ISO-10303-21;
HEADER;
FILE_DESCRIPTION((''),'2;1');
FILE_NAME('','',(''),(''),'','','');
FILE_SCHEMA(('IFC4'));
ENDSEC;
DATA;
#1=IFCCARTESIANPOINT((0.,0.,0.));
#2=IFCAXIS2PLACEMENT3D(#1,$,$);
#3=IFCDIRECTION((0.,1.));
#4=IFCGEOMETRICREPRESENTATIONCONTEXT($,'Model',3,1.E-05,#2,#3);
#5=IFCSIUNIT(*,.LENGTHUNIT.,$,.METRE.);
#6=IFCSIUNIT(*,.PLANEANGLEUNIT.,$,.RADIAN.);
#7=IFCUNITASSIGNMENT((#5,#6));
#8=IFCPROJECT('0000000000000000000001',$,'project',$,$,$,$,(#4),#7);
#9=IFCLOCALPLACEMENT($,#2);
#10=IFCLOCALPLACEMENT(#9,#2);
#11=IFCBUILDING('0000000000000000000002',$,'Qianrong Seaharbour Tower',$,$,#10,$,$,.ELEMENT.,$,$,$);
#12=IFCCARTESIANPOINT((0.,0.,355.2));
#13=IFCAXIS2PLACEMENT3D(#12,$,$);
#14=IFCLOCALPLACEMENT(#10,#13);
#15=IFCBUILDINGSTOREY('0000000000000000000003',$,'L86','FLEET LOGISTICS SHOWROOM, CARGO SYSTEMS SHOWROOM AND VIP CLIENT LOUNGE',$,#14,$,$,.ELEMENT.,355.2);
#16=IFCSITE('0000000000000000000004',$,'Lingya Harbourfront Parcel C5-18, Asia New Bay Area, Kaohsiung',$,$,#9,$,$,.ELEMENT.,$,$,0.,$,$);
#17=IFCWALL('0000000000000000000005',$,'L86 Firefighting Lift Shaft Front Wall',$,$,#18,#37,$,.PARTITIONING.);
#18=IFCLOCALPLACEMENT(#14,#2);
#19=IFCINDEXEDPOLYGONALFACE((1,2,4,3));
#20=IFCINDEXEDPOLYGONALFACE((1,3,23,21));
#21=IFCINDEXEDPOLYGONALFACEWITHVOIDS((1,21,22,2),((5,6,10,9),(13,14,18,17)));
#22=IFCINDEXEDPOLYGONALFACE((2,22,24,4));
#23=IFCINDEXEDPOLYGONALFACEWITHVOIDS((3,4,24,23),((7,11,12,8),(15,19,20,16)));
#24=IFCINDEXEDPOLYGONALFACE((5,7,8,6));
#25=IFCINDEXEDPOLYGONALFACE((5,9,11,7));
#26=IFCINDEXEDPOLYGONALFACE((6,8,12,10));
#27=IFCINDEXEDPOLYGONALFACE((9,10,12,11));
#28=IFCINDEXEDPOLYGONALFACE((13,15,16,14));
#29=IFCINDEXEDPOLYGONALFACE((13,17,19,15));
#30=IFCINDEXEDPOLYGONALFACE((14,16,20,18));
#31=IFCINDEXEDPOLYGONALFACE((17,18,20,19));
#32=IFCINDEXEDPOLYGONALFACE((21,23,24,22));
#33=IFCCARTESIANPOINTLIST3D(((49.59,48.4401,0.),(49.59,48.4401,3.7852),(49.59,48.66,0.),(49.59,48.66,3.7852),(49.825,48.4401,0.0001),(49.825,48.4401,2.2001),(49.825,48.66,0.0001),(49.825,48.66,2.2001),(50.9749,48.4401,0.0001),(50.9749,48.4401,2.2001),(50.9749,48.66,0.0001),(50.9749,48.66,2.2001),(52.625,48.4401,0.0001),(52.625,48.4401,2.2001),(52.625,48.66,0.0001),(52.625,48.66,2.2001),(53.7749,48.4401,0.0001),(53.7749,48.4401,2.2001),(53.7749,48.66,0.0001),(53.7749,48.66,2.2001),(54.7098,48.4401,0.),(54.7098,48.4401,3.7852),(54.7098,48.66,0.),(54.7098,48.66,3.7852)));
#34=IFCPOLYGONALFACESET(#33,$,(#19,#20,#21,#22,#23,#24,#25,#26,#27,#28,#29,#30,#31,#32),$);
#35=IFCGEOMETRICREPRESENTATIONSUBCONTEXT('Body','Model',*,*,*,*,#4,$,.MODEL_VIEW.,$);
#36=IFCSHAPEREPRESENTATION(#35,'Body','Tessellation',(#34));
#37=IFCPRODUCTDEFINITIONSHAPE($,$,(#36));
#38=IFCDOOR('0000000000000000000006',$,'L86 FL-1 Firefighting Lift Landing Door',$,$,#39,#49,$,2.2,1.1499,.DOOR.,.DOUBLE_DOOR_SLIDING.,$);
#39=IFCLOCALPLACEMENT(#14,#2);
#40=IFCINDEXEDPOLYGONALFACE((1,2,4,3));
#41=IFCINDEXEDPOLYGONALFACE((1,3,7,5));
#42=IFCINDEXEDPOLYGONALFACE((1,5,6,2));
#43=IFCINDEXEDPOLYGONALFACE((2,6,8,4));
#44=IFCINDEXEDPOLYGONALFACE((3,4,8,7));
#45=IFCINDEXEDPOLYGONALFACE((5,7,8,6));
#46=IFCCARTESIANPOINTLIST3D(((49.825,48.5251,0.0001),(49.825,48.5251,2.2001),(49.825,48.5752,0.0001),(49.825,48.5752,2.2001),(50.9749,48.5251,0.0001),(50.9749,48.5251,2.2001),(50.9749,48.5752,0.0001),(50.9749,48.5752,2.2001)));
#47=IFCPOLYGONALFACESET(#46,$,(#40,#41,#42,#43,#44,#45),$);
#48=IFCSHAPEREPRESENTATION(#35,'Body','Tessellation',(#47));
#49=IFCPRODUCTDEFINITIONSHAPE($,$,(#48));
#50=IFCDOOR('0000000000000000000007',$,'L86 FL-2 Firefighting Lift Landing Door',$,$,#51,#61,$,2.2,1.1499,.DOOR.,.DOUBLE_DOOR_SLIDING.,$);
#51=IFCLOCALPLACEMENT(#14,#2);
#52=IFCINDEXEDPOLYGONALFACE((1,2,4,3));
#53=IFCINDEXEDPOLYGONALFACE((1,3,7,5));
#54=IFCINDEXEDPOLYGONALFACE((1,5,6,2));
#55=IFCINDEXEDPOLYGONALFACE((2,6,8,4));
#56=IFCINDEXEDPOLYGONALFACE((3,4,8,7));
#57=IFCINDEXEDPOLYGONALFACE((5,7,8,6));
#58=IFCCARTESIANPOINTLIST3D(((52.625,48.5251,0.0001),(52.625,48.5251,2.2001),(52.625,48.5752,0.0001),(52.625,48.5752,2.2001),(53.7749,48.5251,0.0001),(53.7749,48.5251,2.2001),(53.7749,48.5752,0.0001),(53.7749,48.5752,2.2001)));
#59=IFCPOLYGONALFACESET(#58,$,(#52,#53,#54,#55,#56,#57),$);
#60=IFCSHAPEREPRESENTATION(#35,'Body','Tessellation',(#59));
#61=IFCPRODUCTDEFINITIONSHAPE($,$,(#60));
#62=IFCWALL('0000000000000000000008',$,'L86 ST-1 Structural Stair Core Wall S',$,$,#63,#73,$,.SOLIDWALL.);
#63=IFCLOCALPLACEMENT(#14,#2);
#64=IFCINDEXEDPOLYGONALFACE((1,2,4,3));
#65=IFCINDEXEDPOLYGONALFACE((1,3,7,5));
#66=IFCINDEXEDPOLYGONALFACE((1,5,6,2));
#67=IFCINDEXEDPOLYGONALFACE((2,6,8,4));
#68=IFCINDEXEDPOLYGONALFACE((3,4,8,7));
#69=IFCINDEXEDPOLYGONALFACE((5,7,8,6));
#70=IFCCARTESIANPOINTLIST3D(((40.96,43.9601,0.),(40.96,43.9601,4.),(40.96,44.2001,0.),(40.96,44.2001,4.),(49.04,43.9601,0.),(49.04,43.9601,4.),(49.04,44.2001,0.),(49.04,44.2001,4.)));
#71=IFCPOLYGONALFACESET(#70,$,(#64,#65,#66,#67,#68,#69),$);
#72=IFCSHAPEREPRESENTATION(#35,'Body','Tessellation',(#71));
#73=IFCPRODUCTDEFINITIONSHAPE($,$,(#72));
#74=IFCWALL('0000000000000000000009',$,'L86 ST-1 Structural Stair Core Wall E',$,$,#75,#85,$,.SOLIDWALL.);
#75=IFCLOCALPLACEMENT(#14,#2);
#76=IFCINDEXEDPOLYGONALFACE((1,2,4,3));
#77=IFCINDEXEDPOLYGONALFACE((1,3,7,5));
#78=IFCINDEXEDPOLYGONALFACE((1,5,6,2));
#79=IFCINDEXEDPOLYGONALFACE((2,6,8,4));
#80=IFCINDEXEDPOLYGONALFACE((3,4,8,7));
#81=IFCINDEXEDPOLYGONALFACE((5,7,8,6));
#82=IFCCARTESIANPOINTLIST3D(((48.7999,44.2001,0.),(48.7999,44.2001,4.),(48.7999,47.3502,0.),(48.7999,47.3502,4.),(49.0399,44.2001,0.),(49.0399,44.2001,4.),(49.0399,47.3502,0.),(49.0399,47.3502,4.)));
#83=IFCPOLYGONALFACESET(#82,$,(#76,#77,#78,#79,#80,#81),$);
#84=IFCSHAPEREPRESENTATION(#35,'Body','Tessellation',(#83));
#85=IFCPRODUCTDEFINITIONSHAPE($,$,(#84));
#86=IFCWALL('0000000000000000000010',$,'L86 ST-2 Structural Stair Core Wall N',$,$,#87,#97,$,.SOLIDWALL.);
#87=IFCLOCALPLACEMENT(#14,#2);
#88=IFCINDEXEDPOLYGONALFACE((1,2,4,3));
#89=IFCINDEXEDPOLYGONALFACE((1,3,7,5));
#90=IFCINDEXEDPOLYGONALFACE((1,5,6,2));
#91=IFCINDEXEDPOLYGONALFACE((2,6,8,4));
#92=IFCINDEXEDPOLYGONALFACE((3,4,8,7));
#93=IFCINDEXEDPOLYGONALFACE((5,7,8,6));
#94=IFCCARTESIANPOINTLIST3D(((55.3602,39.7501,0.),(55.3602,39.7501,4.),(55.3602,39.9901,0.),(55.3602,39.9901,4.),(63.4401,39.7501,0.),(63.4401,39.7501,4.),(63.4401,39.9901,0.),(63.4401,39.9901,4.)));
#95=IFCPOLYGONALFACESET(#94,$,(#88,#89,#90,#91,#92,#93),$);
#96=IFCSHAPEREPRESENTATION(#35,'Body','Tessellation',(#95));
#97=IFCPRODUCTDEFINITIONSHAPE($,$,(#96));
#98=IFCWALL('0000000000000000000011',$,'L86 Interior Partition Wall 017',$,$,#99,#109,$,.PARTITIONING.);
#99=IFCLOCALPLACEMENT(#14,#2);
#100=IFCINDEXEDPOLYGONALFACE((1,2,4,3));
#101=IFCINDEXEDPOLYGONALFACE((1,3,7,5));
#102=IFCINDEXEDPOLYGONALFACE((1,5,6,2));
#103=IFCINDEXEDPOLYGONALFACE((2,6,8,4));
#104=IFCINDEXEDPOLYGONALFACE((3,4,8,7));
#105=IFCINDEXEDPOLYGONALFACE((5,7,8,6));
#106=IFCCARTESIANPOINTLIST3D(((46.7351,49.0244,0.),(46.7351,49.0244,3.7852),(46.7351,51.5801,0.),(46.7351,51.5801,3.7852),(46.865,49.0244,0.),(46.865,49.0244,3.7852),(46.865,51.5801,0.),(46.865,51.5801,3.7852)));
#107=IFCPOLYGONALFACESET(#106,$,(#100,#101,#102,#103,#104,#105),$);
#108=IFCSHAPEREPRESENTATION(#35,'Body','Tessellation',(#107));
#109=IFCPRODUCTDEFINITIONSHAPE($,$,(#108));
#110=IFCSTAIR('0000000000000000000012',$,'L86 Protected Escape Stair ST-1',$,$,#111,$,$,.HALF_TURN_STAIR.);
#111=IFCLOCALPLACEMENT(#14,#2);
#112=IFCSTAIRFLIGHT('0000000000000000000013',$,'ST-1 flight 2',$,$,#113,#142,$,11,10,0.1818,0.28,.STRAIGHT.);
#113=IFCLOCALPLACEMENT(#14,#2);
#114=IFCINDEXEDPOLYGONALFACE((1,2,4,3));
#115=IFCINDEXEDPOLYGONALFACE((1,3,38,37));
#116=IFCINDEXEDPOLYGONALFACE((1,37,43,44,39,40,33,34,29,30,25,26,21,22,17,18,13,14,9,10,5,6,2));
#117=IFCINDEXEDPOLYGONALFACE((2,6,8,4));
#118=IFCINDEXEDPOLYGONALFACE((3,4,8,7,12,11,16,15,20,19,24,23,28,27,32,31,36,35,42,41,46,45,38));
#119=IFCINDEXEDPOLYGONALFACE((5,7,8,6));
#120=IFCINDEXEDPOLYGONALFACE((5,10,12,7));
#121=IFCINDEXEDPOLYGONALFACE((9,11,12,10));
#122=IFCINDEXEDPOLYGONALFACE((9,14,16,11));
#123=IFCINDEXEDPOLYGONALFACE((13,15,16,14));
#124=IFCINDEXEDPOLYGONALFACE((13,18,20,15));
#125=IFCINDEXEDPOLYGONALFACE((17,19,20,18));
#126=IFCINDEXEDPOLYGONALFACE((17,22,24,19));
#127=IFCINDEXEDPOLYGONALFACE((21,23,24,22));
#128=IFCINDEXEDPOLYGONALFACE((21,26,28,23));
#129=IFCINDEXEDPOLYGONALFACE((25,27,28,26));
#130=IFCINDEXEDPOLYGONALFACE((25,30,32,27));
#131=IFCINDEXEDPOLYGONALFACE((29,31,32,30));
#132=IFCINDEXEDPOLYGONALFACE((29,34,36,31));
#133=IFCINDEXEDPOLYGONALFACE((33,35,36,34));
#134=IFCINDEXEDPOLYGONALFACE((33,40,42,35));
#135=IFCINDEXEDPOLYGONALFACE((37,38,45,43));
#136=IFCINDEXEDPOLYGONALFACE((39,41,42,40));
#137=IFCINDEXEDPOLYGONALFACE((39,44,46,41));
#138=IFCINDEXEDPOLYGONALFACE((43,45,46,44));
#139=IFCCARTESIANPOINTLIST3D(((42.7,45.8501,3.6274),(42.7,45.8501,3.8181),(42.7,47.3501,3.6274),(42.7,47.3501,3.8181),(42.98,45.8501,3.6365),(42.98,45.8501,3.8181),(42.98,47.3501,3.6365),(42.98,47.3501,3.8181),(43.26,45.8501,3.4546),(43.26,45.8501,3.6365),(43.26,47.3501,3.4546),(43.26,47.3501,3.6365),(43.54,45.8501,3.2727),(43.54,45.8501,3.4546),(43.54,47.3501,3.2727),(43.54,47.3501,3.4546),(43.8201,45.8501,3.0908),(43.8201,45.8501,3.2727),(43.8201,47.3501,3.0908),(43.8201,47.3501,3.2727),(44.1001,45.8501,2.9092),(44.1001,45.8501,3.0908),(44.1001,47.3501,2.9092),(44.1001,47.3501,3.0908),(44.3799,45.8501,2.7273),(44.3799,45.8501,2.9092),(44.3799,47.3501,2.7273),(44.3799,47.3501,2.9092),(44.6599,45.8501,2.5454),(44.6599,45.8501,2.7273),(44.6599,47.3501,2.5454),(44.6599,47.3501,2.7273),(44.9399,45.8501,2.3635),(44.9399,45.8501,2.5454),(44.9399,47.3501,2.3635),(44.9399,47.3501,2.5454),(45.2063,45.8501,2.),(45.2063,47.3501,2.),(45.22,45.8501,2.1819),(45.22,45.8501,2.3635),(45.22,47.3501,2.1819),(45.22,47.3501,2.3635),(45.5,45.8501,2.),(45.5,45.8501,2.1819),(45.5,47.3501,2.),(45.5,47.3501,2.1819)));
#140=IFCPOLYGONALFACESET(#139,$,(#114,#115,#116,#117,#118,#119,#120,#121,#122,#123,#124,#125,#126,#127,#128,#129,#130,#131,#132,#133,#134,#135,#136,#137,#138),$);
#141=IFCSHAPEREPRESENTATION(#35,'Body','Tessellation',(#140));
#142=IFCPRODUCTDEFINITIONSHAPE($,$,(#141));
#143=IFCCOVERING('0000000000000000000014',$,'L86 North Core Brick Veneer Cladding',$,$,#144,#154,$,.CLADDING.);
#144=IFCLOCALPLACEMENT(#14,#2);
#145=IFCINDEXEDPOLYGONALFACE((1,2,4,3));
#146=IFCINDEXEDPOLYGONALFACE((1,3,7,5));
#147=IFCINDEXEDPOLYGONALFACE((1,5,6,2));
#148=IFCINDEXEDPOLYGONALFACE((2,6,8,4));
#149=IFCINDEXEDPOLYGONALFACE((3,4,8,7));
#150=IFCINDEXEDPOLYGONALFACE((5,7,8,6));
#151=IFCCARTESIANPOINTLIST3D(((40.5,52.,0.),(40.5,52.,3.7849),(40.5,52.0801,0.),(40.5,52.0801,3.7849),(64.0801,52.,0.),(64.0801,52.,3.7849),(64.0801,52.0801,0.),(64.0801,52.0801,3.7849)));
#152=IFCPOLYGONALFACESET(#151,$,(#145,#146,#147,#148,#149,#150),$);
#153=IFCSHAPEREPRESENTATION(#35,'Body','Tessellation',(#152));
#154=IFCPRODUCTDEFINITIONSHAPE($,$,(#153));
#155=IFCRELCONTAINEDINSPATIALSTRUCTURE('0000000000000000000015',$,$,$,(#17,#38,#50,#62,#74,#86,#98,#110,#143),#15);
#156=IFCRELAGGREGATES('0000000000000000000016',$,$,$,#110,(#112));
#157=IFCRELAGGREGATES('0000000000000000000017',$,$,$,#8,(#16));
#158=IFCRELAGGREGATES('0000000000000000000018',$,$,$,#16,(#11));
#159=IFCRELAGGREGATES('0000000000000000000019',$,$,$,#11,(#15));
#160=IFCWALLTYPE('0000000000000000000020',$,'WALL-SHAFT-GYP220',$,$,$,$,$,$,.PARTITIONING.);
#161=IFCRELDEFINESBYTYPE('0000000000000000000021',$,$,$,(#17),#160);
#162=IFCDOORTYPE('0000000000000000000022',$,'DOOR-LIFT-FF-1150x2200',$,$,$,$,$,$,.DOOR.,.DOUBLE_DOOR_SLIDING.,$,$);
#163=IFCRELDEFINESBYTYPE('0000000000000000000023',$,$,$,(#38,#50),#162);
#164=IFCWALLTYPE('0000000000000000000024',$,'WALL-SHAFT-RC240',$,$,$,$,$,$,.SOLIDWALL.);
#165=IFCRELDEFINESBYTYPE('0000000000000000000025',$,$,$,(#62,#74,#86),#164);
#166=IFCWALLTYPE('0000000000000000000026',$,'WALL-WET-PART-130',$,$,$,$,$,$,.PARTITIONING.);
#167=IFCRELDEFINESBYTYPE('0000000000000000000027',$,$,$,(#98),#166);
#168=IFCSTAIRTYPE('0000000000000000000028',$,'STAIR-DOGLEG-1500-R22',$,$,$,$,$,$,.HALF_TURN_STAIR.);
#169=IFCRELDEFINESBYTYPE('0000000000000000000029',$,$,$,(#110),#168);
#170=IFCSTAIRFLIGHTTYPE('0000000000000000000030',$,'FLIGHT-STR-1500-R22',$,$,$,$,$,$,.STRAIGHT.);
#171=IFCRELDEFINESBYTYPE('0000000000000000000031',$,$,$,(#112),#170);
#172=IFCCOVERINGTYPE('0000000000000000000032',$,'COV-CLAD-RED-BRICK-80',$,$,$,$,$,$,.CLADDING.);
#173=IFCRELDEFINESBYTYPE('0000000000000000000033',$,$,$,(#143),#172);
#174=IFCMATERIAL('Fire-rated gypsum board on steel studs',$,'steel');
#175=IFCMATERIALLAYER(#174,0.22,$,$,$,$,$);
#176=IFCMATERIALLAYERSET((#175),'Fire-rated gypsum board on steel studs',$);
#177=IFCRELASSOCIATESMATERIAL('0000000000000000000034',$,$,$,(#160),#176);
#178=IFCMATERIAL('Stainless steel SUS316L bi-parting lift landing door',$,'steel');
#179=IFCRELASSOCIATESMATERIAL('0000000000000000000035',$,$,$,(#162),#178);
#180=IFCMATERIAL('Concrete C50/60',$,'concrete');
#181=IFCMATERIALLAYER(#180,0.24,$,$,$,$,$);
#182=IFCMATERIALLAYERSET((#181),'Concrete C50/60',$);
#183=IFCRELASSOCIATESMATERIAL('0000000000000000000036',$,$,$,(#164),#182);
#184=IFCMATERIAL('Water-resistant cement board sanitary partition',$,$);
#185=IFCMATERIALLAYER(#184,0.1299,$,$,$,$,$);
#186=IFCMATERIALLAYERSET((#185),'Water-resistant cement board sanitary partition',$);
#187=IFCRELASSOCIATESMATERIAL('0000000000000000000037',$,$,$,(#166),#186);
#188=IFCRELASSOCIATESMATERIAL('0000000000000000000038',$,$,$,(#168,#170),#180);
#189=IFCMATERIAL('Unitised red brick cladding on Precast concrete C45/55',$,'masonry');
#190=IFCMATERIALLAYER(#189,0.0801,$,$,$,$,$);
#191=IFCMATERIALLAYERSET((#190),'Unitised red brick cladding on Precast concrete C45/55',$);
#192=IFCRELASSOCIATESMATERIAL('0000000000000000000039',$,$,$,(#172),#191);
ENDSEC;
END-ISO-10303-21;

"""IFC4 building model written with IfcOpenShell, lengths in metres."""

from ifc_helpers import new_model, si_unit, direction, frame, frame_2d, origin, origin_2d, place, context, subcontext, project, spatial, polyline, rectangle, outline, extrude, material, layer, layer_set, type_object, element, fill, aggregate, save


model = new_model("IFC4")

# Units and contexts
model_context = context("Model", 3, precision=1e-05, world=origin(), true_north=direction((0.0, 1.0)))
body_context = subcontext(model_context, "Body", "Model", "MODEL_VIEW")
ifc_project = project(units=[si_unit("LENGTHUNIT", "METRE"), si_unit("PLANEANGLEUNIT", "RADIAN")], contexts=[model_context])

# Site, building, storey
site_placement = place(None, origin())
site = spatial("IfcSite", under=ifc_project, at=site_placement, Name="Lingya Harbourfront Parcel C5-18, Asia New Bay Area, Kaohsiung", CompositionType="ELEMENT", RefElevation=0.0)
building_placement = place(site_placement, origin())
building = spatial("IfcBuilding", under=site, at=building_placement, Name="Qianrong Seaharbour Tower", CompositionType="ELEMENT")
storey_placement = place(building_placement, frame((0.0, 0.0, 355.2)))
storey = spatial("IfcBuildingStorey", under=building, at=storey_placement, Name="L86", Description="FLEET LOGISTICS SHOWROOM, CARGO SYSTEMS SHOWROOM AND VIP CLIENT LOUNGE", CompositionType="ELEMENT", Elevation=355.2)

# Shared definitions
ifc_material_1 = material(Name="Concrete C50/60", Category="concrete")

# Shared definitions
ifc_material_2 = material(Name="Fire-rated gypsum board on steel studs", Category="steel")

# Wall, openings, doors
ifc_layer_1 = layer(ifc_material_2, 0.22)
ifc_layer_set_1 = layer_set([ifc_layer_1], Name="Fire-rated gypsum board on steel studs")
wall_type_1 = type_object("IfcWallType", Name="WALL-SHAFT-GYP220", PredefinedType="PARTITIONING", material=ifc_layer_set_1)
wall_1_placement = place(storey_placement, frame((54.71, 48.55, 0.0), z_axis=(0.0, 0.0, 1.0), x_axis=(-1.0, 0.0, 0.0)))
wall_1 = element("IfcWall", 1, at=wall_1_placement, inside=storey, type_object=wall_type_1, Name="L86 Firefighting Lift Shaft Front Wall", PredefinedType="PARTITIONING", context=body_context, shape_type="SweptSolid", body=[
    extrude(rectangle(XDim=5.1199, YDim=0.22, at=frame_2d((2.5601, 0.0))), origin(), (0.0, 0.0, 1.0), 3.7852),
])
opening_1_placement = place(wall_1_placement, frame((3.7351, 0.0, 0.0)))
opening_1 = element("IfcOpeningElement", 2, at=opening_1_placement, cuts=wall_1, PredefinedType="OPENING", context=body_context, shape_type="SweptSolid", body=[
    extrude(rectangle(XDim=1.1499, YDim=2.2, at=frame_2d((0.575, 1.1001))), frame((0.0, 0.1201, 0.0), z_axis=(0.0, -1.0, 0.0), x_axis=(1.0, 0.0, 0.0)), (0.0, 0.0, 1.0), 0.24),
])
opening_2_placement = place(wall_1_placement, frame((0.9351, 0.0, 0.0)))
opening_2 = element("IfcOpeningElement", 3, at=opening_2_placement, cuts=wall_1, PredefinedType="OPENING", context=body_context, shape_type="SweptSolid", body=[
    extrude(rectangle(XDim=1.1499, YDim=2.2, at=frame_2d((0.575, 1.1001))), frame((0.0, 0.1201, 0.0), z_axis=(0.0, -1.0, 0.0), x_axis=(1.0, 0.0, 0.0)), (0.0, 0.0, 1.0), 0.24),
])
ifc_material_3 = material(Name="Stainless steel SUS316L bi-parting lift landing door", Category="steel")
door_type_1 = type_object("IfcDoorType", Name="DOOR-LIFT-FF-1150x2200", OperationType="DOUBLE_DOOR_SLIDING", PredefinedType="DOOR", material=ifc_material_3)
door_1_placement = place(opening_1_placement, origin())
door_1 = element("IfcDoor", 4, at=door_1_placement, inside=storey, type_object=door_type_1, Name="L86 FL-1 Firefighting Lift Landing Door", OperationType="DOUBLE_DOOR_SLIDING", OverallHeight=2.2, OverallWidth=1.1499, PredefinedType="DOOR", context=body_context, shape_type="SweptSolid", body=[
    extrude(rectangle(XDim=1.1499, YDim=2.2, at=frame_2d((0.575, 1.1001))), frame((0.0, 0.0249, 0.0), z_axis=(0.0, -1.0, 0.0), x_axis=(1.0, 0.0, 0.0)), (0.0, 0.0, 1.0), 0.05),
])
fill(opening_1, door_1)
door_2_placement = place(opening_2_placement, origin())
door_2 = element("IfcDoor", 5, at=door_2_placement, inside=storey, type_object=door_type_1, Name="L86 FL-2 Firefighting Lift Landing Door", OperationType="DOUBLE_DOOR_SLIDING", OverallHeight=2.2, OverallWidth=1.1499, PredefinedType="DOOR", context=body_context, shape_type="SweptSolid", body=[
    extrude(rectangle(XDim=1.1499, YDim=2.2, at=frame_2d((0.575, 1.1001))), frame((0.0, 0.0249, 0.0), z_axis=(0.0, -1.0, 0.0), x_axis=(1.0, 0.0, 0.0)), (0.0, 0.0, 1.0), 0.05),
])
fill(opening_2, door_2)

# Walls
ifc_layer_2 = layer(ifc_material_1, 0.24)
ifc_layer_set_2 = layer_set([ifc_layer_2], Name="Concrete C50/60")
wall_type_2 = type_object("IfcWallType", Name="WALL-SHAFT-RC240", PredefinedType="SOLIDWALL", material=ifc_layer_set_2)
wall_2_placement = place(storey_placement, frame((49.04, 44.0801, 0.0), z_axis=(0.0, 0.0, 1.0), x_axis=(-1.0, 0.0, 0.0)))
element("IfcWall", 6, at=wall_2_placement, inside=storey, type_object=wall_type_2, Name="L86 ST-1 Structural Stair Core Wall S", PredefinedType="SOLIDWALL", context=body_context, shape_type="SweptSolid", body=[
    extrude(rectangle(XDim=8.0801, YDim=0.24, at=frame_2d((4.04, 0.0))), origin(), (0.0, 0.0, 1.0), 4.0),
])
wall_3_placement = place(storey_placement, frame((48.9199, 44.2, 0.0), z_axis=(0.0, 0.0, 1.0), x_axis=(0.0, 1.0, 0.0)))
element("IfcWall", 7, at=wall_3_placement, inside=storey, type_object=wall_type_2, Name="L86 ST-1 Structural Stair Core Wall E", PredefinedType="SOLIDWALL", context=body_context, shape_type="SweptSolid", body=[
    extrude(rectangle(XDim=3.1501, YDim=0.24, at=frame_2d((1.5752, 0.0))), origin(), (0.0, 0.0, 1.0), 4.0),
])
wall_4_placement = place(storey_placement, frame((55.3601, 39.8701, 0.0), z_axis=(0.0, 0.0, 1.0), x_axis=(1.0, 0.0, 0.0)))
element("IfcWall", 8, at=wall_4_placement, inside=storey, type_object=wall_type_2, Name="L86 ST-2 Structural Stair Core Wall N", PredefinedType="SOLIDWALL", context=body_context, shape_type="SweptSolid", body=[
    extrude(rectangle(XDim=8.0798, YDim=0.24, at=frame_2d((4.04, 0.0))), origin(), (0.0, 0.0, 1.0), 4.0),
])
ifc_material_4 = material(Name="Water-resistant cement board sanitary partition")
ifc_layer_3 = layer(ifc_material_4, 0.1299)
ifc_layer_set_3 = layer_set([ifc_layer_3], Name="Water-resistant cement board sanitary partition")
wall_type_3 = type_object("IfcWallType", Name="WALL-WET-PART-130", PredefinedType="PARTITIONING", material=ifc_layer_set_3)
wall_5_placement = place(storey_placement, frame((46.8, 51.5801, 0.0), z_axis=(0.0, 0.0, 1.0), x_axis=(0.0, -1.0, 0.0)))
element("IfcWall", 9, at=wall_5_placement, inside=storey, type_object=wall_type_3, Name="L86 Interior Partition Wall 017", PredefinedType="PARTITIONING", context=body_context, shape_type="SweptSolid", body=[
    extrude(rectangle(XDim=2.5557, YDim=0.1299, at=frame_2d((1.2778, 0.0))), origin(), (0.0, 0.0, 1.0), 3.7852),
])

# Stair, stair flight
stair_type = type_object("IfcStairType", Name="STAIR-DOGLEG-1500-R22", PredefinedType="HALF_TURN_STAIR", material=ifc_material_1)
stair_placement = place(storey_placement, origin())
stair = element("IfcStair", 10, at=stair_placement, inside=storey, type_object=stair_type, Name="L86 Protected Escape Stair ST-1", PredefinedType="HALF_TURN_STAIR")
stair_flight_type = type_object("IfcStairFlightType", Name="FLIGHT-STR-1500-R22", PredefinedType="STRAIGHT", material=ifc_material_1)
stair_flight_placement = place(storey_placement, frame((45.5, 46.6001, 2.0), z_axis=(0.0, 0.0, 1.0), x_axis=(-1.0, 0.0, 0.0)))
stair_flight = element("IfcStairFlight", 11, at=stair_flight_placement, type_object=stair_flight_type, Name="ST-1 flight 2", NumberOfRisers=11, NumberOfTreads=10, PredefinedType="STRAIGHT", RiserHeight=0.1818, TreadLength=0.28, context=body_context, shape_type="SweptSolid", body=[
    extrude(outline(polyline([(0.0, 0.0), (0.0, 0.1819), (0.28, 0.1819), (0.28, 0.3635), (0.5601, 0.3635), (0.5601, 0.5454), (0.8401, 0.5454), (0.8401, 0.7273), (1.1201, 0.7273), (1.1201, 0.9092), (1.3999, 0.9092), (1.3999, 1.0908), (1.6799, 1.0908), (1.6799, 1.2727), (1.96, 1.2727), (1.96, 1.4546), (2.24, 1.4546), (2.24, 1.6365), (2.52, 1.6365), (2.52, 1.8181), (2.8, 1.8181), (2.8, 2.0), (2.8, 1.6274), (0.2937, 0.0), (0.0, 0.0)])), frame((0.0, 0.75, 0.0), z_axis=(0.0, -1.0, 0.0), x_axis=(1.0, 0.0, 0.0)), (0.0, 0.0, 1.0), 1.5),
])
aggregate(stair, [stair_flight])

# Covering
ifc_material_5 = material(Name="Unitised red brick cladding on Precast concrete C45/55", Category="masonry")
ifc_layer_4 = layer(ifc_material_5, 0.0801)
ifc_layer_set_4 = layer_set([ifc_layer_4], Name="Unitised red brick cladding on Precast concrete C45/55")
covering_type = type_object("IfcCoveringType", Name="COV-CLAD-RED-BRICK-80", PredefinedType="CLADDING", material=ifc_layer_set_4)
covering_placement = place(storey_placement, frame((52.29, 52.04, 0.0), z_axis=(0.0, 0.0, 1.0), x_axis=(1.0, 0.0, 0.0)))
element("IfcCovering", 12, at=covering_placement, inside=storey, type_object=covering_type, Name="L86 North Core Brick Veneer Cladding", PredefinedType="CLADDING", context=body_context, shape_type="SweptSolid", body=[
    extrude(rectangle(XDim=23.5801, YDim=0.0801, at=origin_2d()), origin(), (0.0, 0.0, 1.0), 3.7849),
])

save(model, "model.ifc")
